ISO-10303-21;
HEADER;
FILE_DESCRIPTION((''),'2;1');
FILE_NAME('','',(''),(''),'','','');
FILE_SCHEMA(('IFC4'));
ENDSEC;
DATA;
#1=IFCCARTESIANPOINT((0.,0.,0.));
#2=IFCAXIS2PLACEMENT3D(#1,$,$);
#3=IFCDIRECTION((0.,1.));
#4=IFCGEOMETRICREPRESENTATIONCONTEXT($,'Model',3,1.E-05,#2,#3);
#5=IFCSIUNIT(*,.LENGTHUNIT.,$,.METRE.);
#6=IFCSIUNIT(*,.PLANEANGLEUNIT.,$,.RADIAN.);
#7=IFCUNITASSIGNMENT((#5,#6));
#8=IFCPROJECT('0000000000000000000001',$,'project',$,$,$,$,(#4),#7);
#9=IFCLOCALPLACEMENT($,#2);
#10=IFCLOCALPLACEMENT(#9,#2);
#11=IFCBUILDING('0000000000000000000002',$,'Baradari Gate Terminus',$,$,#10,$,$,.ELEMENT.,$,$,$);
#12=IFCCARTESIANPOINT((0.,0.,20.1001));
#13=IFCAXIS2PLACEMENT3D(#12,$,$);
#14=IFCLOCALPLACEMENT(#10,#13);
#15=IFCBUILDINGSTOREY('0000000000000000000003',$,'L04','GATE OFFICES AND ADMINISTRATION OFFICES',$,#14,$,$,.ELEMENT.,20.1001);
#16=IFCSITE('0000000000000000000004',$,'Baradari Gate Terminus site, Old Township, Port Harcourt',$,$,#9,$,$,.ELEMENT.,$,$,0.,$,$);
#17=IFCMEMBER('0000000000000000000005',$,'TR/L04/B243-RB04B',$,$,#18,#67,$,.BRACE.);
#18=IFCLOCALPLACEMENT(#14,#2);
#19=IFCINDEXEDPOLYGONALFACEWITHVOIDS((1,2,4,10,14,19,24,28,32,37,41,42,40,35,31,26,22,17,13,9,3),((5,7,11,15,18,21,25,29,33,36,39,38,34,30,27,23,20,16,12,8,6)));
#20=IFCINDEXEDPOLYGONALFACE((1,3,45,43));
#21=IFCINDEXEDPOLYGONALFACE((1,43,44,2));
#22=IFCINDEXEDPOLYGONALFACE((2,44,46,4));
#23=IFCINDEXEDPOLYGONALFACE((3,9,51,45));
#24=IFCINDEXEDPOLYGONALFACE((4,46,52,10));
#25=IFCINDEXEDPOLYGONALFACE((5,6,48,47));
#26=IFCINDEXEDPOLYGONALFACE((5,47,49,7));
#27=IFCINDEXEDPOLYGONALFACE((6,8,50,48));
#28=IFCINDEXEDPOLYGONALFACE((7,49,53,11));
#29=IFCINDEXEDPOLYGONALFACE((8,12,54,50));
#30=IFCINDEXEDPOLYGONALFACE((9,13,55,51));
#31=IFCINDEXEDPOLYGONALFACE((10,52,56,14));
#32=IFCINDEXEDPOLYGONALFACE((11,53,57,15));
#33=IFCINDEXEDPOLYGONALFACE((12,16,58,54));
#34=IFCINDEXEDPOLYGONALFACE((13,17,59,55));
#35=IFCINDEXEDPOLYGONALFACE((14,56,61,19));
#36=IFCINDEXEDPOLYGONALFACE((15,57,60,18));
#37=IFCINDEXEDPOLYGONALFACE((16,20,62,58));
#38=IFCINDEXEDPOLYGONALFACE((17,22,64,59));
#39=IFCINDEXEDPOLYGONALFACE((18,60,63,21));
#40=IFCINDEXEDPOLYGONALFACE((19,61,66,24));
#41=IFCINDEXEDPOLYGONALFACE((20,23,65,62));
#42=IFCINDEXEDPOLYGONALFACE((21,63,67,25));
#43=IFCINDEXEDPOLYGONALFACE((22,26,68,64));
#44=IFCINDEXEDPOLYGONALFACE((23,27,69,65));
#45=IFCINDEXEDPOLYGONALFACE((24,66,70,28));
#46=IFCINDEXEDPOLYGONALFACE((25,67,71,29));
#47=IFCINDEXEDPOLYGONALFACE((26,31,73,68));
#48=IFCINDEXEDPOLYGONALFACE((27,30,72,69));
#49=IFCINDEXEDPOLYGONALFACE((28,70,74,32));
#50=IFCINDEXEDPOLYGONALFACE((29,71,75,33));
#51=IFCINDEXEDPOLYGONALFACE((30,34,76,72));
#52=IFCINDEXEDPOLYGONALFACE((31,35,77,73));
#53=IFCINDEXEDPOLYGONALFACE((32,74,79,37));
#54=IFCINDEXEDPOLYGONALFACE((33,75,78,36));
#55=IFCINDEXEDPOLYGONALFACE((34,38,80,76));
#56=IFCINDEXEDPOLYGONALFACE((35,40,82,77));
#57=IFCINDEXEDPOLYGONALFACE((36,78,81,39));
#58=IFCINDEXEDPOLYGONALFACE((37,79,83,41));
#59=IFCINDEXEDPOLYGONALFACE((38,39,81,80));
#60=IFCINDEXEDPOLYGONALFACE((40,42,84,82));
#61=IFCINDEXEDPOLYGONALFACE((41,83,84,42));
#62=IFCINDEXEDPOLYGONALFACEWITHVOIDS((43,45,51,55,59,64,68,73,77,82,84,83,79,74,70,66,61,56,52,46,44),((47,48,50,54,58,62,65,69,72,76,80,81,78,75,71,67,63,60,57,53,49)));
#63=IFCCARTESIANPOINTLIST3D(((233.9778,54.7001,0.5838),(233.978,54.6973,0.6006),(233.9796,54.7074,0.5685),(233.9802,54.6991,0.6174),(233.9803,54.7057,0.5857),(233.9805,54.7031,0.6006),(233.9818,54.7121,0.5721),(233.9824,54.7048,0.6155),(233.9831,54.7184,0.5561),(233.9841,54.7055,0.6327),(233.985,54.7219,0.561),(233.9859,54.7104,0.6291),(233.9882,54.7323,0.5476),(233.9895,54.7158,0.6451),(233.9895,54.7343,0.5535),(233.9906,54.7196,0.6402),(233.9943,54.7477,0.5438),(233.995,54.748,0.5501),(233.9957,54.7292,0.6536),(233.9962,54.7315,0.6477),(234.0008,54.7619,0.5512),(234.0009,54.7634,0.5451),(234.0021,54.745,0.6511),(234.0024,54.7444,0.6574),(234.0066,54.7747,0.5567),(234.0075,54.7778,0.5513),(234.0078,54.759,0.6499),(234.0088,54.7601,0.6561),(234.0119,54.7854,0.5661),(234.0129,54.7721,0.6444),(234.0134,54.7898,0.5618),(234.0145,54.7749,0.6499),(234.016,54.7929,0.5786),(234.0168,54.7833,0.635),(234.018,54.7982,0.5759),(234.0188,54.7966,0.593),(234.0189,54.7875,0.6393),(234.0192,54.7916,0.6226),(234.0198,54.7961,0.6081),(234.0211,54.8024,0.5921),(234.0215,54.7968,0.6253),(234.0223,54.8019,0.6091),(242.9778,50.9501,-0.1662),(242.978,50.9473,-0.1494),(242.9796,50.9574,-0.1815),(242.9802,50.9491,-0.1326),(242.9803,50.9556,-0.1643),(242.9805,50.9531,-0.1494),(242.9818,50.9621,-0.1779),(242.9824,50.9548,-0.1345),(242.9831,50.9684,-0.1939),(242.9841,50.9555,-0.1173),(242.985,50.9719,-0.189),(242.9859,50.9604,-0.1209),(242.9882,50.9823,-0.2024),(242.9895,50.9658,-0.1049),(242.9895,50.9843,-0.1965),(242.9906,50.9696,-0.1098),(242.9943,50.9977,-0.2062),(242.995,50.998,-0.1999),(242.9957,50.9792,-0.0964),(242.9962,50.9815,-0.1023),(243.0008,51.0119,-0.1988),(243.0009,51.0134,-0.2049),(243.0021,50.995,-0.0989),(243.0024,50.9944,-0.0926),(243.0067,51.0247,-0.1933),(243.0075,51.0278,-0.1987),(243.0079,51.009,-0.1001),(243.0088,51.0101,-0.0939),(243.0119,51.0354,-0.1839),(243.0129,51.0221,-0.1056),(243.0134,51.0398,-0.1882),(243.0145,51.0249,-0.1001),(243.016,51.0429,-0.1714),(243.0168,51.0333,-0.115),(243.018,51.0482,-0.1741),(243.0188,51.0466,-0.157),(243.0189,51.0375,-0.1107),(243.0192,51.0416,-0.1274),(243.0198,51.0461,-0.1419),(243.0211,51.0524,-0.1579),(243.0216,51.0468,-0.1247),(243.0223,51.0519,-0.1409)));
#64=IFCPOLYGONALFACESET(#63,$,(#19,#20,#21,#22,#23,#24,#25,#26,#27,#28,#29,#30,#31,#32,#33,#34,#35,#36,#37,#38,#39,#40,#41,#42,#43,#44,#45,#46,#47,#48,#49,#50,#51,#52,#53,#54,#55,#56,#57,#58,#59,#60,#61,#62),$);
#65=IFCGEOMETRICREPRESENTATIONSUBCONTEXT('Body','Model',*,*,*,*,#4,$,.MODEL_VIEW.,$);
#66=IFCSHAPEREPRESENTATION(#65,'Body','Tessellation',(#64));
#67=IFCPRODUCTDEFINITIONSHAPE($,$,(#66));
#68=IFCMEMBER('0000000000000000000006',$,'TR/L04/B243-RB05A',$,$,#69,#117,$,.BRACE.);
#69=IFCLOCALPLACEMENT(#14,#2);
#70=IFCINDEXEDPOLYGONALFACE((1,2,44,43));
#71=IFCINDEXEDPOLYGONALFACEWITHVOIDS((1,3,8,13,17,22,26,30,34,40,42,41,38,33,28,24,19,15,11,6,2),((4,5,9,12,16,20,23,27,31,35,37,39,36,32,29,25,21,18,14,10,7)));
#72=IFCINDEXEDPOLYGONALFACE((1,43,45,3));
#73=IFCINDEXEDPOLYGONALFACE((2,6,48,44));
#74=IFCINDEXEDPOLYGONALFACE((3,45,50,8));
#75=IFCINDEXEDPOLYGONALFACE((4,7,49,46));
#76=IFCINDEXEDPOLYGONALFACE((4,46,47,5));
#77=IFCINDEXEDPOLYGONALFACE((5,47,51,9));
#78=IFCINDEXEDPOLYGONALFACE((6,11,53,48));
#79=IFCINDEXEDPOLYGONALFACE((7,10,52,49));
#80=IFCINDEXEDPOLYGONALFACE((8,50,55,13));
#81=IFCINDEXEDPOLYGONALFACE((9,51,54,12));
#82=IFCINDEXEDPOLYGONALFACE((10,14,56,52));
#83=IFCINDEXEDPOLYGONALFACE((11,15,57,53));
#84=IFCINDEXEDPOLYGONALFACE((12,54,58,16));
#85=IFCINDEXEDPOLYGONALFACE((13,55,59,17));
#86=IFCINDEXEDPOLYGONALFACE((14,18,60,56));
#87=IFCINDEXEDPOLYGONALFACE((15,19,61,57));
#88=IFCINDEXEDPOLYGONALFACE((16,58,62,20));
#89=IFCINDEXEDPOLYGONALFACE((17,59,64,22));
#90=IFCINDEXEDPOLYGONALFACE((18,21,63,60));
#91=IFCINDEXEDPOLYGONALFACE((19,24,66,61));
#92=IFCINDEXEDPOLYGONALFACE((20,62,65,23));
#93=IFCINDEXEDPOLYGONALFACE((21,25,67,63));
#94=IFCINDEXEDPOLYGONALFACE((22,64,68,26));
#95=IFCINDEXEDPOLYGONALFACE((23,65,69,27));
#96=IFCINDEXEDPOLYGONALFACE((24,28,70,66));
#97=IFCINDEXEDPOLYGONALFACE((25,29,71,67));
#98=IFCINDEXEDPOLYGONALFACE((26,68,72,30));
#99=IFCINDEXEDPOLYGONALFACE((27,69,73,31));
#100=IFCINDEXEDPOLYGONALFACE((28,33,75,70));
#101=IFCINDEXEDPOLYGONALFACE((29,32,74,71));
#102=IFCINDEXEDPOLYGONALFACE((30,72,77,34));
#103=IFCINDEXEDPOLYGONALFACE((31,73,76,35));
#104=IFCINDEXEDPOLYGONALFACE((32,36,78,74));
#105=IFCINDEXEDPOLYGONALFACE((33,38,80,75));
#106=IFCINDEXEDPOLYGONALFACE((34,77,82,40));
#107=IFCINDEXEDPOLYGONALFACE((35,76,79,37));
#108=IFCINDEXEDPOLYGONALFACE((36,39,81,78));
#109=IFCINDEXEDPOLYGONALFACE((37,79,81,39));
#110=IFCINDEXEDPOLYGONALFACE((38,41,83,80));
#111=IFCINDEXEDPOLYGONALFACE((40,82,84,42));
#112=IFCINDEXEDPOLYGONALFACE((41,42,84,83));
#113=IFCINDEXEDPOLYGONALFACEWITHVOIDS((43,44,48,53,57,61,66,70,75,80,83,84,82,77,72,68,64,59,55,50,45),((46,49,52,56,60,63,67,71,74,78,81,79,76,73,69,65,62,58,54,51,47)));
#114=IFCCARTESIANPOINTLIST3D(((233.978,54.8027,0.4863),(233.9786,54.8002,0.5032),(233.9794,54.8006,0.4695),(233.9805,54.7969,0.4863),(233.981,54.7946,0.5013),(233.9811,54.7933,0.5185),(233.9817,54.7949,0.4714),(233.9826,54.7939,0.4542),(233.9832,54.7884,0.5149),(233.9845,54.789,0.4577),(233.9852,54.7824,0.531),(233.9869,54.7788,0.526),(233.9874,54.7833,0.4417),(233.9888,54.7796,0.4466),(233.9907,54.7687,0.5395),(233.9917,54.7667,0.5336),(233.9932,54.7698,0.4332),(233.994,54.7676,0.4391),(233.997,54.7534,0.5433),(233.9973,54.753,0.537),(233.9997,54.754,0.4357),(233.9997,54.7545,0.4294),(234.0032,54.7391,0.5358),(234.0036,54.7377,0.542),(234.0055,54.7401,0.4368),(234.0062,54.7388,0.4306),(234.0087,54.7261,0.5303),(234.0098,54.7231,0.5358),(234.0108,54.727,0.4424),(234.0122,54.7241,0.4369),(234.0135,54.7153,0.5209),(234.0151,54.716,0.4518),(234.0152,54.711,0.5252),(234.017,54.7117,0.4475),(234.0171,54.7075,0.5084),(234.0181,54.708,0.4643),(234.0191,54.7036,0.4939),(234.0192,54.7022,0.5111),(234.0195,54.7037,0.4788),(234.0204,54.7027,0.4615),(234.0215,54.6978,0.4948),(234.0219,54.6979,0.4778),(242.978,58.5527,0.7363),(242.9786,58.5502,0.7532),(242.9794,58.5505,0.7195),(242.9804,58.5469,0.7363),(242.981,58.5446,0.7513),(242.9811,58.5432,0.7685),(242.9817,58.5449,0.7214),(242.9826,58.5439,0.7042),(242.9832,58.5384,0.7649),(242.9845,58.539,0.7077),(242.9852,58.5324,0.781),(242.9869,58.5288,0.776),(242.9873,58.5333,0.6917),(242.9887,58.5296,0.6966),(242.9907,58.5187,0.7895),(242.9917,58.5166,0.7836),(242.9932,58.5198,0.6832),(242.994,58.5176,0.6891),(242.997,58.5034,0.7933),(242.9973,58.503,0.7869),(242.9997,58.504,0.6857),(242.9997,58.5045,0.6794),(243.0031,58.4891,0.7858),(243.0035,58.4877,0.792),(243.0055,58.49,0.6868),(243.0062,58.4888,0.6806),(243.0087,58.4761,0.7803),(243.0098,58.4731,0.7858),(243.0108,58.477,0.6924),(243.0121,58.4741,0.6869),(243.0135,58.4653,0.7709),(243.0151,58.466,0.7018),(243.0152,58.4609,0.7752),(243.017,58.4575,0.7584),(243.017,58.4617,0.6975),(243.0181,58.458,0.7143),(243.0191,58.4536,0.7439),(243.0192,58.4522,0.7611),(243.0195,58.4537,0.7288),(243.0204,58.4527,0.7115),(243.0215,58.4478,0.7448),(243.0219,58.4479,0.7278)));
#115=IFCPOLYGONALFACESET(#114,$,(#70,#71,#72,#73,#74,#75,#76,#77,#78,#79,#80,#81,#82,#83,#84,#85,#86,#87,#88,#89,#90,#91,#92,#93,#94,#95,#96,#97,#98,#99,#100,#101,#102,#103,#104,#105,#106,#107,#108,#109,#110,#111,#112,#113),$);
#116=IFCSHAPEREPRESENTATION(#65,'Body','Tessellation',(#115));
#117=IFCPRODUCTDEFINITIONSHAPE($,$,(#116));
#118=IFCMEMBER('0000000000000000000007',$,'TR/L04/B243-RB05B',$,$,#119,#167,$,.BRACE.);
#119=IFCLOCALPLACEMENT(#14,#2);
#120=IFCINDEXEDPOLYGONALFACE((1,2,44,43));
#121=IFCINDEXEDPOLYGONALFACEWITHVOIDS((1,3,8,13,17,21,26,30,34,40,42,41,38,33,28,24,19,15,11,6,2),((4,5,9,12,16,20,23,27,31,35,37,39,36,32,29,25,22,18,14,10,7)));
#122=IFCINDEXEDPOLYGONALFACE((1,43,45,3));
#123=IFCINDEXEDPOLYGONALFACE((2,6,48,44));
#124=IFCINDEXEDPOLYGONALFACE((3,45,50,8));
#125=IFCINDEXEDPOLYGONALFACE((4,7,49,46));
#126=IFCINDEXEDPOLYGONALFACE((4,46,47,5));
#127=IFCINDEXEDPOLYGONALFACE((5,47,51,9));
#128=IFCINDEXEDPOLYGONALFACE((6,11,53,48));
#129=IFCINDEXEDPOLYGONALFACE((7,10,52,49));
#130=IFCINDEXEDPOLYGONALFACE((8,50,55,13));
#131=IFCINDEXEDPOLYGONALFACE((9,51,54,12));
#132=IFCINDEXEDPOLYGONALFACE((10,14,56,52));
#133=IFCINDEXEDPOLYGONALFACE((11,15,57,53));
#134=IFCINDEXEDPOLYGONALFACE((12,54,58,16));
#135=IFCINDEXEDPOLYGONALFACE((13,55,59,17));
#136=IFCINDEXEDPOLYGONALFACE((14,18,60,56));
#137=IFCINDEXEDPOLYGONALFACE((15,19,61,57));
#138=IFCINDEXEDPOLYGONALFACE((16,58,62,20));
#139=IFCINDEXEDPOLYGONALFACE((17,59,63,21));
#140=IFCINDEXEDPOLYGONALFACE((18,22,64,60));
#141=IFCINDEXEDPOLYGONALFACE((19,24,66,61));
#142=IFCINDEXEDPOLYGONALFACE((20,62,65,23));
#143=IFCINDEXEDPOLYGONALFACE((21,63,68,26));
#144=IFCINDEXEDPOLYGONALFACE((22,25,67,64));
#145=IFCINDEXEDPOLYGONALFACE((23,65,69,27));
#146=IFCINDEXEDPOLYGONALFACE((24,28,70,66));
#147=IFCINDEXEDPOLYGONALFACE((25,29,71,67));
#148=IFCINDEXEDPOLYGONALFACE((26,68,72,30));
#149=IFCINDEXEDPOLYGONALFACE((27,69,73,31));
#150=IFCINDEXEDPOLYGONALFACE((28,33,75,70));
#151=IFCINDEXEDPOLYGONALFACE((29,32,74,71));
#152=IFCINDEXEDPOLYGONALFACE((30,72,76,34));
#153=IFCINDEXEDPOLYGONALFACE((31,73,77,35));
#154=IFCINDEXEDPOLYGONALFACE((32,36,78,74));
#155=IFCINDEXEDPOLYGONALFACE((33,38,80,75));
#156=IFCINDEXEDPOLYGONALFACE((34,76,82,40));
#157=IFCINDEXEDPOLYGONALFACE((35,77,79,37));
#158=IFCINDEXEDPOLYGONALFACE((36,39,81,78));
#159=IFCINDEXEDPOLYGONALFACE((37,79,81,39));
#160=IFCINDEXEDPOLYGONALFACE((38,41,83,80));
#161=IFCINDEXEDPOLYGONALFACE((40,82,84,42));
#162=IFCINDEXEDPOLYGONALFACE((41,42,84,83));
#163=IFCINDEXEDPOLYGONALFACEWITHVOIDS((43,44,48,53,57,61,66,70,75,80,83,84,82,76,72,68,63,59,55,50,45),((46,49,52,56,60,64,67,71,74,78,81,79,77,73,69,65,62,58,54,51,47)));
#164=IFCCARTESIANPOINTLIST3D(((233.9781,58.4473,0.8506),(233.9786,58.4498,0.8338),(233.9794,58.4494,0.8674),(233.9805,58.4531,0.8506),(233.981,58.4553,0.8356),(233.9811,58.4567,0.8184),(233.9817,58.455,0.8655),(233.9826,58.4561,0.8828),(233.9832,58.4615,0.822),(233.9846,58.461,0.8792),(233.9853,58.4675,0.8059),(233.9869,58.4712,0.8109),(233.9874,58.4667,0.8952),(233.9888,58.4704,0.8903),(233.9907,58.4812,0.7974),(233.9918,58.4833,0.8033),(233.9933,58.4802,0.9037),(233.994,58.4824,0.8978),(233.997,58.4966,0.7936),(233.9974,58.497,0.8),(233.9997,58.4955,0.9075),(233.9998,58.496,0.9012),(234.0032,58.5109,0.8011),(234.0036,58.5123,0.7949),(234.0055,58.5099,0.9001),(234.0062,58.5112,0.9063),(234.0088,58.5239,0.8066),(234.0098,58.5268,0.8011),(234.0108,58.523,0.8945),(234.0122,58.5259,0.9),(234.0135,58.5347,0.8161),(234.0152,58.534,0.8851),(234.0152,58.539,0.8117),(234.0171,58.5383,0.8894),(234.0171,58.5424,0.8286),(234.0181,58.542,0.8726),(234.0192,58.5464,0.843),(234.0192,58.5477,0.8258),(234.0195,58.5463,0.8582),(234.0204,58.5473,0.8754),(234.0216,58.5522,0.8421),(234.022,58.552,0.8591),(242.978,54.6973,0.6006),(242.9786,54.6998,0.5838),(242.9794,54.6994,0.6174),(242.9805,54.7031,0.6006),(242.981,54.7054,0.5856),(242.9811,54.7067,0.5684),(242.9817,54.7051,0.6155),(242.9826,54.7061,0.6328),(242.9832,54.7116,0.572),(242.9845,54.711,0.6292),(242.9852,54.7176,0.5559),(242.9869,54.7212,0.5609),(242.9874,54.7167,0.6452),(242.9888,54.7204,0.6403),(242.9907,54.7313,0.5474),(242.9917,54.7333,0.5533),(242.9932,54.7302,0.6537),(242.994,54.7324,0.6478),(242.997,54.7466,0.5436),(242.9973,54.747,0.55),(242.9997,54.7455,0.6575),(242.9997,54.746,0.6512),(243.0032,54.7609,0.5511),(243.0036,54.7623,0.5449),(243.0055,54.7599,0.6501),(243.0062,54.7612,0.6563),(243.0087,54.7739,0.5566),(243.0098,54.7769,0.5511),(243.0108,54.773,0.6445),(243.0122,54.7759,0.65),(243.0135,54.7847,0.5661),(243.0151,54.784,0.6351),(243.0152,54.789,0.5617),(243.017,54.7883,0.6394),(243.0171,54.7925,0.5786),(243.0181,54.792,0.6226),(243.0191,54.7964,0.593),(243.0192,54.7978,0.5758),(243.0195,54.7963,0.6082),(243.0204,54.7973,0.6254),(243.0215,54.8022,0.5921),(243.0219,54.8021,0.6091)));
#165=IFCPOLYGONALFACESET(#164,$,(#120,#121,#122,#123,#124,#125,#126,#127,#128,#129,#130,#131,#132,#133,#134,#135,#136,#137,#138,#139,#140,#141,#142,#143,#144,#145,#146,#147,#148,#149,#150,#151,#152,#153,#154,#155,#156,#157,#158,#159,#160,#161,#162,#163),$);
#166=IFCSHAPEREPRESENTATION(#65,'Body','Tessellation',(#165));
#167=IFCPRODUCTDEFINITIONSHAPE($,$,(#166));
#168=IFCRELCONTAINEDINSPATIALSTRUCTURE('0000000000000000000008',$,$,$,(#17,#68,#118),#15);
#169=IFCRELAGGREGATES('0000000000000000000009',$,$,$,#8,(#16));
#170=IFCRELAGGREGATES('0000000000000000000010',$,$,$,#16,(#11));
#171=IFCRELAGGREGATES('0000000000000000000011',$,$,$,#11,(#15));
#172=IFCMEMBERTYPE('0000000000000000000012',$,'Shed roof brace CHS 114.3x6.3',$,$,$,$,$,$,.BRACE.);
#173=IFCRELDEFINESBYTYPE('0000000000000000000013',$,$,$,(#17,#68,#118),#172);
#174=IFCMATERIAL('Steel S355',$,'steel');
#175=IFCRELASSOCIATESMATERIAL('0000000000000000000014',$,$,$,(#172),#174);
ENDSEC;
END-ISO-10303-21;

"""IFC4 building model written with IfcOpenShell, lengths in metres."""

from ifc_helpers import new_model, si_unit, direction, frame, origin, origin_2d, place, context, subcontext, project, spatial, hollow_circle, extrude, material, material_profile, profile_set, type_object, element, save


model = new_model("IFC4")

# Units and contexts
model_context = context("Model", 3, precision=1e-05, world=origin(), true_north=direction((0.0, 1.0)))
body_context = subcontext(model_context, "Body", "Model", "MODEL_VIEW")
ifc_project = project(units=[si_unit("LENGTHUNIT", "METRE"), si_unit("PLANEANGLEUNIT", "RADIAN")], contexts=[model_context])

# Site, building, storey
site_placement = place(None, origin())
site = spatial("IfcSite", under=ifc_project, at=site_placement, Name="Baradari Gate Terminus site, Old Township, Port Harcourt", CompositionType="ELEMENT", RefElevation=0.0)
building_placement = place(site_placement, origin())
building = spatial("IfcBuilding", under=site, at=building_placement, Name="Baradari Gate Terminus", CompositionType="ELEMENT")
storey_placement = place(building_placement, frame((0.0, 0.0, 20.1001)))
storey = spatial("IfcBuildingStorey", under=building, at=storey_placement, Name="L04", Description="GATE OFFICES AND ADMINISTRATION OFFICES", CompositionType="ELEMENT", Elevation=20.1001)

# Members
ifc_material_1 = material(Name="Steel S355", Category="steel")
ifc_material_profile_1 = material_profile(ifc_material_1, hollow_circle(Radius=0.0571, WallThickness=0.0063, at=origin_2d()), Name="CHS 114.3x6.3")
ifc_profile_set_1 = profile_set([ifc_material_profile_1], Name="Steel S355")
member_type_1 = type_object("IfcMemberType", Name="Shed roof brace CHS 114.3x6.3", PredefinedType="BRACE", material=ifc_profile_set_1)
member_1_placement = place(storey_placement, frame((243.0, 51.0, -0.1494), z_axis=(-0.920358, 0.383482, 0.076696), x_axis=(-0.384615, -0.923077, 0.0)))
element("IfcMember", 1, at=member_1_placement, inside=storey, type_object=member_type_1, Name="TR/L04/B243-RB04B", PredefinedType="BRACE", context=body_context, shape_type="SweptSolid", body=[
    extrude(hollow_circle(Radius=0.0571, WallThickness=0.0063, at=origin_2d()), origin(), (0.0, 0.0, 1.0), 9.7788),
])
for number, where, z_axis, x_axis, name in (
    (2, (234.0, 54.75, 0.4863), (0.922774, 0.384489, 0.025633), (-0.384615, 0.923077, 0.0), "TR/L04/B243-RB05A"),
    (3, (243.0, 54.75, 0.6006), (-0.922774, 0.384489, 0.025633), (-0.384615, -0.923077, 0.0), "TR/L04/B243-RB05B"),
):
    element("IfcMember", number, at=place(storey_placement, frame(where, z_axis=z_axis, x_axis=x_axis)), inside=storey, type_object=member_type_1, Name=name, PredefinedType="BRACE", context=body_context, shape_type="SweptSolid", body=[
        extrude(hollow_circle(Radius=0.0571, WallThickness=0.0063, at=origin_2d()), origin(), (0.0, 0.0, 1.0), 9.7532),
    ])

save(model, "model.ifc")
